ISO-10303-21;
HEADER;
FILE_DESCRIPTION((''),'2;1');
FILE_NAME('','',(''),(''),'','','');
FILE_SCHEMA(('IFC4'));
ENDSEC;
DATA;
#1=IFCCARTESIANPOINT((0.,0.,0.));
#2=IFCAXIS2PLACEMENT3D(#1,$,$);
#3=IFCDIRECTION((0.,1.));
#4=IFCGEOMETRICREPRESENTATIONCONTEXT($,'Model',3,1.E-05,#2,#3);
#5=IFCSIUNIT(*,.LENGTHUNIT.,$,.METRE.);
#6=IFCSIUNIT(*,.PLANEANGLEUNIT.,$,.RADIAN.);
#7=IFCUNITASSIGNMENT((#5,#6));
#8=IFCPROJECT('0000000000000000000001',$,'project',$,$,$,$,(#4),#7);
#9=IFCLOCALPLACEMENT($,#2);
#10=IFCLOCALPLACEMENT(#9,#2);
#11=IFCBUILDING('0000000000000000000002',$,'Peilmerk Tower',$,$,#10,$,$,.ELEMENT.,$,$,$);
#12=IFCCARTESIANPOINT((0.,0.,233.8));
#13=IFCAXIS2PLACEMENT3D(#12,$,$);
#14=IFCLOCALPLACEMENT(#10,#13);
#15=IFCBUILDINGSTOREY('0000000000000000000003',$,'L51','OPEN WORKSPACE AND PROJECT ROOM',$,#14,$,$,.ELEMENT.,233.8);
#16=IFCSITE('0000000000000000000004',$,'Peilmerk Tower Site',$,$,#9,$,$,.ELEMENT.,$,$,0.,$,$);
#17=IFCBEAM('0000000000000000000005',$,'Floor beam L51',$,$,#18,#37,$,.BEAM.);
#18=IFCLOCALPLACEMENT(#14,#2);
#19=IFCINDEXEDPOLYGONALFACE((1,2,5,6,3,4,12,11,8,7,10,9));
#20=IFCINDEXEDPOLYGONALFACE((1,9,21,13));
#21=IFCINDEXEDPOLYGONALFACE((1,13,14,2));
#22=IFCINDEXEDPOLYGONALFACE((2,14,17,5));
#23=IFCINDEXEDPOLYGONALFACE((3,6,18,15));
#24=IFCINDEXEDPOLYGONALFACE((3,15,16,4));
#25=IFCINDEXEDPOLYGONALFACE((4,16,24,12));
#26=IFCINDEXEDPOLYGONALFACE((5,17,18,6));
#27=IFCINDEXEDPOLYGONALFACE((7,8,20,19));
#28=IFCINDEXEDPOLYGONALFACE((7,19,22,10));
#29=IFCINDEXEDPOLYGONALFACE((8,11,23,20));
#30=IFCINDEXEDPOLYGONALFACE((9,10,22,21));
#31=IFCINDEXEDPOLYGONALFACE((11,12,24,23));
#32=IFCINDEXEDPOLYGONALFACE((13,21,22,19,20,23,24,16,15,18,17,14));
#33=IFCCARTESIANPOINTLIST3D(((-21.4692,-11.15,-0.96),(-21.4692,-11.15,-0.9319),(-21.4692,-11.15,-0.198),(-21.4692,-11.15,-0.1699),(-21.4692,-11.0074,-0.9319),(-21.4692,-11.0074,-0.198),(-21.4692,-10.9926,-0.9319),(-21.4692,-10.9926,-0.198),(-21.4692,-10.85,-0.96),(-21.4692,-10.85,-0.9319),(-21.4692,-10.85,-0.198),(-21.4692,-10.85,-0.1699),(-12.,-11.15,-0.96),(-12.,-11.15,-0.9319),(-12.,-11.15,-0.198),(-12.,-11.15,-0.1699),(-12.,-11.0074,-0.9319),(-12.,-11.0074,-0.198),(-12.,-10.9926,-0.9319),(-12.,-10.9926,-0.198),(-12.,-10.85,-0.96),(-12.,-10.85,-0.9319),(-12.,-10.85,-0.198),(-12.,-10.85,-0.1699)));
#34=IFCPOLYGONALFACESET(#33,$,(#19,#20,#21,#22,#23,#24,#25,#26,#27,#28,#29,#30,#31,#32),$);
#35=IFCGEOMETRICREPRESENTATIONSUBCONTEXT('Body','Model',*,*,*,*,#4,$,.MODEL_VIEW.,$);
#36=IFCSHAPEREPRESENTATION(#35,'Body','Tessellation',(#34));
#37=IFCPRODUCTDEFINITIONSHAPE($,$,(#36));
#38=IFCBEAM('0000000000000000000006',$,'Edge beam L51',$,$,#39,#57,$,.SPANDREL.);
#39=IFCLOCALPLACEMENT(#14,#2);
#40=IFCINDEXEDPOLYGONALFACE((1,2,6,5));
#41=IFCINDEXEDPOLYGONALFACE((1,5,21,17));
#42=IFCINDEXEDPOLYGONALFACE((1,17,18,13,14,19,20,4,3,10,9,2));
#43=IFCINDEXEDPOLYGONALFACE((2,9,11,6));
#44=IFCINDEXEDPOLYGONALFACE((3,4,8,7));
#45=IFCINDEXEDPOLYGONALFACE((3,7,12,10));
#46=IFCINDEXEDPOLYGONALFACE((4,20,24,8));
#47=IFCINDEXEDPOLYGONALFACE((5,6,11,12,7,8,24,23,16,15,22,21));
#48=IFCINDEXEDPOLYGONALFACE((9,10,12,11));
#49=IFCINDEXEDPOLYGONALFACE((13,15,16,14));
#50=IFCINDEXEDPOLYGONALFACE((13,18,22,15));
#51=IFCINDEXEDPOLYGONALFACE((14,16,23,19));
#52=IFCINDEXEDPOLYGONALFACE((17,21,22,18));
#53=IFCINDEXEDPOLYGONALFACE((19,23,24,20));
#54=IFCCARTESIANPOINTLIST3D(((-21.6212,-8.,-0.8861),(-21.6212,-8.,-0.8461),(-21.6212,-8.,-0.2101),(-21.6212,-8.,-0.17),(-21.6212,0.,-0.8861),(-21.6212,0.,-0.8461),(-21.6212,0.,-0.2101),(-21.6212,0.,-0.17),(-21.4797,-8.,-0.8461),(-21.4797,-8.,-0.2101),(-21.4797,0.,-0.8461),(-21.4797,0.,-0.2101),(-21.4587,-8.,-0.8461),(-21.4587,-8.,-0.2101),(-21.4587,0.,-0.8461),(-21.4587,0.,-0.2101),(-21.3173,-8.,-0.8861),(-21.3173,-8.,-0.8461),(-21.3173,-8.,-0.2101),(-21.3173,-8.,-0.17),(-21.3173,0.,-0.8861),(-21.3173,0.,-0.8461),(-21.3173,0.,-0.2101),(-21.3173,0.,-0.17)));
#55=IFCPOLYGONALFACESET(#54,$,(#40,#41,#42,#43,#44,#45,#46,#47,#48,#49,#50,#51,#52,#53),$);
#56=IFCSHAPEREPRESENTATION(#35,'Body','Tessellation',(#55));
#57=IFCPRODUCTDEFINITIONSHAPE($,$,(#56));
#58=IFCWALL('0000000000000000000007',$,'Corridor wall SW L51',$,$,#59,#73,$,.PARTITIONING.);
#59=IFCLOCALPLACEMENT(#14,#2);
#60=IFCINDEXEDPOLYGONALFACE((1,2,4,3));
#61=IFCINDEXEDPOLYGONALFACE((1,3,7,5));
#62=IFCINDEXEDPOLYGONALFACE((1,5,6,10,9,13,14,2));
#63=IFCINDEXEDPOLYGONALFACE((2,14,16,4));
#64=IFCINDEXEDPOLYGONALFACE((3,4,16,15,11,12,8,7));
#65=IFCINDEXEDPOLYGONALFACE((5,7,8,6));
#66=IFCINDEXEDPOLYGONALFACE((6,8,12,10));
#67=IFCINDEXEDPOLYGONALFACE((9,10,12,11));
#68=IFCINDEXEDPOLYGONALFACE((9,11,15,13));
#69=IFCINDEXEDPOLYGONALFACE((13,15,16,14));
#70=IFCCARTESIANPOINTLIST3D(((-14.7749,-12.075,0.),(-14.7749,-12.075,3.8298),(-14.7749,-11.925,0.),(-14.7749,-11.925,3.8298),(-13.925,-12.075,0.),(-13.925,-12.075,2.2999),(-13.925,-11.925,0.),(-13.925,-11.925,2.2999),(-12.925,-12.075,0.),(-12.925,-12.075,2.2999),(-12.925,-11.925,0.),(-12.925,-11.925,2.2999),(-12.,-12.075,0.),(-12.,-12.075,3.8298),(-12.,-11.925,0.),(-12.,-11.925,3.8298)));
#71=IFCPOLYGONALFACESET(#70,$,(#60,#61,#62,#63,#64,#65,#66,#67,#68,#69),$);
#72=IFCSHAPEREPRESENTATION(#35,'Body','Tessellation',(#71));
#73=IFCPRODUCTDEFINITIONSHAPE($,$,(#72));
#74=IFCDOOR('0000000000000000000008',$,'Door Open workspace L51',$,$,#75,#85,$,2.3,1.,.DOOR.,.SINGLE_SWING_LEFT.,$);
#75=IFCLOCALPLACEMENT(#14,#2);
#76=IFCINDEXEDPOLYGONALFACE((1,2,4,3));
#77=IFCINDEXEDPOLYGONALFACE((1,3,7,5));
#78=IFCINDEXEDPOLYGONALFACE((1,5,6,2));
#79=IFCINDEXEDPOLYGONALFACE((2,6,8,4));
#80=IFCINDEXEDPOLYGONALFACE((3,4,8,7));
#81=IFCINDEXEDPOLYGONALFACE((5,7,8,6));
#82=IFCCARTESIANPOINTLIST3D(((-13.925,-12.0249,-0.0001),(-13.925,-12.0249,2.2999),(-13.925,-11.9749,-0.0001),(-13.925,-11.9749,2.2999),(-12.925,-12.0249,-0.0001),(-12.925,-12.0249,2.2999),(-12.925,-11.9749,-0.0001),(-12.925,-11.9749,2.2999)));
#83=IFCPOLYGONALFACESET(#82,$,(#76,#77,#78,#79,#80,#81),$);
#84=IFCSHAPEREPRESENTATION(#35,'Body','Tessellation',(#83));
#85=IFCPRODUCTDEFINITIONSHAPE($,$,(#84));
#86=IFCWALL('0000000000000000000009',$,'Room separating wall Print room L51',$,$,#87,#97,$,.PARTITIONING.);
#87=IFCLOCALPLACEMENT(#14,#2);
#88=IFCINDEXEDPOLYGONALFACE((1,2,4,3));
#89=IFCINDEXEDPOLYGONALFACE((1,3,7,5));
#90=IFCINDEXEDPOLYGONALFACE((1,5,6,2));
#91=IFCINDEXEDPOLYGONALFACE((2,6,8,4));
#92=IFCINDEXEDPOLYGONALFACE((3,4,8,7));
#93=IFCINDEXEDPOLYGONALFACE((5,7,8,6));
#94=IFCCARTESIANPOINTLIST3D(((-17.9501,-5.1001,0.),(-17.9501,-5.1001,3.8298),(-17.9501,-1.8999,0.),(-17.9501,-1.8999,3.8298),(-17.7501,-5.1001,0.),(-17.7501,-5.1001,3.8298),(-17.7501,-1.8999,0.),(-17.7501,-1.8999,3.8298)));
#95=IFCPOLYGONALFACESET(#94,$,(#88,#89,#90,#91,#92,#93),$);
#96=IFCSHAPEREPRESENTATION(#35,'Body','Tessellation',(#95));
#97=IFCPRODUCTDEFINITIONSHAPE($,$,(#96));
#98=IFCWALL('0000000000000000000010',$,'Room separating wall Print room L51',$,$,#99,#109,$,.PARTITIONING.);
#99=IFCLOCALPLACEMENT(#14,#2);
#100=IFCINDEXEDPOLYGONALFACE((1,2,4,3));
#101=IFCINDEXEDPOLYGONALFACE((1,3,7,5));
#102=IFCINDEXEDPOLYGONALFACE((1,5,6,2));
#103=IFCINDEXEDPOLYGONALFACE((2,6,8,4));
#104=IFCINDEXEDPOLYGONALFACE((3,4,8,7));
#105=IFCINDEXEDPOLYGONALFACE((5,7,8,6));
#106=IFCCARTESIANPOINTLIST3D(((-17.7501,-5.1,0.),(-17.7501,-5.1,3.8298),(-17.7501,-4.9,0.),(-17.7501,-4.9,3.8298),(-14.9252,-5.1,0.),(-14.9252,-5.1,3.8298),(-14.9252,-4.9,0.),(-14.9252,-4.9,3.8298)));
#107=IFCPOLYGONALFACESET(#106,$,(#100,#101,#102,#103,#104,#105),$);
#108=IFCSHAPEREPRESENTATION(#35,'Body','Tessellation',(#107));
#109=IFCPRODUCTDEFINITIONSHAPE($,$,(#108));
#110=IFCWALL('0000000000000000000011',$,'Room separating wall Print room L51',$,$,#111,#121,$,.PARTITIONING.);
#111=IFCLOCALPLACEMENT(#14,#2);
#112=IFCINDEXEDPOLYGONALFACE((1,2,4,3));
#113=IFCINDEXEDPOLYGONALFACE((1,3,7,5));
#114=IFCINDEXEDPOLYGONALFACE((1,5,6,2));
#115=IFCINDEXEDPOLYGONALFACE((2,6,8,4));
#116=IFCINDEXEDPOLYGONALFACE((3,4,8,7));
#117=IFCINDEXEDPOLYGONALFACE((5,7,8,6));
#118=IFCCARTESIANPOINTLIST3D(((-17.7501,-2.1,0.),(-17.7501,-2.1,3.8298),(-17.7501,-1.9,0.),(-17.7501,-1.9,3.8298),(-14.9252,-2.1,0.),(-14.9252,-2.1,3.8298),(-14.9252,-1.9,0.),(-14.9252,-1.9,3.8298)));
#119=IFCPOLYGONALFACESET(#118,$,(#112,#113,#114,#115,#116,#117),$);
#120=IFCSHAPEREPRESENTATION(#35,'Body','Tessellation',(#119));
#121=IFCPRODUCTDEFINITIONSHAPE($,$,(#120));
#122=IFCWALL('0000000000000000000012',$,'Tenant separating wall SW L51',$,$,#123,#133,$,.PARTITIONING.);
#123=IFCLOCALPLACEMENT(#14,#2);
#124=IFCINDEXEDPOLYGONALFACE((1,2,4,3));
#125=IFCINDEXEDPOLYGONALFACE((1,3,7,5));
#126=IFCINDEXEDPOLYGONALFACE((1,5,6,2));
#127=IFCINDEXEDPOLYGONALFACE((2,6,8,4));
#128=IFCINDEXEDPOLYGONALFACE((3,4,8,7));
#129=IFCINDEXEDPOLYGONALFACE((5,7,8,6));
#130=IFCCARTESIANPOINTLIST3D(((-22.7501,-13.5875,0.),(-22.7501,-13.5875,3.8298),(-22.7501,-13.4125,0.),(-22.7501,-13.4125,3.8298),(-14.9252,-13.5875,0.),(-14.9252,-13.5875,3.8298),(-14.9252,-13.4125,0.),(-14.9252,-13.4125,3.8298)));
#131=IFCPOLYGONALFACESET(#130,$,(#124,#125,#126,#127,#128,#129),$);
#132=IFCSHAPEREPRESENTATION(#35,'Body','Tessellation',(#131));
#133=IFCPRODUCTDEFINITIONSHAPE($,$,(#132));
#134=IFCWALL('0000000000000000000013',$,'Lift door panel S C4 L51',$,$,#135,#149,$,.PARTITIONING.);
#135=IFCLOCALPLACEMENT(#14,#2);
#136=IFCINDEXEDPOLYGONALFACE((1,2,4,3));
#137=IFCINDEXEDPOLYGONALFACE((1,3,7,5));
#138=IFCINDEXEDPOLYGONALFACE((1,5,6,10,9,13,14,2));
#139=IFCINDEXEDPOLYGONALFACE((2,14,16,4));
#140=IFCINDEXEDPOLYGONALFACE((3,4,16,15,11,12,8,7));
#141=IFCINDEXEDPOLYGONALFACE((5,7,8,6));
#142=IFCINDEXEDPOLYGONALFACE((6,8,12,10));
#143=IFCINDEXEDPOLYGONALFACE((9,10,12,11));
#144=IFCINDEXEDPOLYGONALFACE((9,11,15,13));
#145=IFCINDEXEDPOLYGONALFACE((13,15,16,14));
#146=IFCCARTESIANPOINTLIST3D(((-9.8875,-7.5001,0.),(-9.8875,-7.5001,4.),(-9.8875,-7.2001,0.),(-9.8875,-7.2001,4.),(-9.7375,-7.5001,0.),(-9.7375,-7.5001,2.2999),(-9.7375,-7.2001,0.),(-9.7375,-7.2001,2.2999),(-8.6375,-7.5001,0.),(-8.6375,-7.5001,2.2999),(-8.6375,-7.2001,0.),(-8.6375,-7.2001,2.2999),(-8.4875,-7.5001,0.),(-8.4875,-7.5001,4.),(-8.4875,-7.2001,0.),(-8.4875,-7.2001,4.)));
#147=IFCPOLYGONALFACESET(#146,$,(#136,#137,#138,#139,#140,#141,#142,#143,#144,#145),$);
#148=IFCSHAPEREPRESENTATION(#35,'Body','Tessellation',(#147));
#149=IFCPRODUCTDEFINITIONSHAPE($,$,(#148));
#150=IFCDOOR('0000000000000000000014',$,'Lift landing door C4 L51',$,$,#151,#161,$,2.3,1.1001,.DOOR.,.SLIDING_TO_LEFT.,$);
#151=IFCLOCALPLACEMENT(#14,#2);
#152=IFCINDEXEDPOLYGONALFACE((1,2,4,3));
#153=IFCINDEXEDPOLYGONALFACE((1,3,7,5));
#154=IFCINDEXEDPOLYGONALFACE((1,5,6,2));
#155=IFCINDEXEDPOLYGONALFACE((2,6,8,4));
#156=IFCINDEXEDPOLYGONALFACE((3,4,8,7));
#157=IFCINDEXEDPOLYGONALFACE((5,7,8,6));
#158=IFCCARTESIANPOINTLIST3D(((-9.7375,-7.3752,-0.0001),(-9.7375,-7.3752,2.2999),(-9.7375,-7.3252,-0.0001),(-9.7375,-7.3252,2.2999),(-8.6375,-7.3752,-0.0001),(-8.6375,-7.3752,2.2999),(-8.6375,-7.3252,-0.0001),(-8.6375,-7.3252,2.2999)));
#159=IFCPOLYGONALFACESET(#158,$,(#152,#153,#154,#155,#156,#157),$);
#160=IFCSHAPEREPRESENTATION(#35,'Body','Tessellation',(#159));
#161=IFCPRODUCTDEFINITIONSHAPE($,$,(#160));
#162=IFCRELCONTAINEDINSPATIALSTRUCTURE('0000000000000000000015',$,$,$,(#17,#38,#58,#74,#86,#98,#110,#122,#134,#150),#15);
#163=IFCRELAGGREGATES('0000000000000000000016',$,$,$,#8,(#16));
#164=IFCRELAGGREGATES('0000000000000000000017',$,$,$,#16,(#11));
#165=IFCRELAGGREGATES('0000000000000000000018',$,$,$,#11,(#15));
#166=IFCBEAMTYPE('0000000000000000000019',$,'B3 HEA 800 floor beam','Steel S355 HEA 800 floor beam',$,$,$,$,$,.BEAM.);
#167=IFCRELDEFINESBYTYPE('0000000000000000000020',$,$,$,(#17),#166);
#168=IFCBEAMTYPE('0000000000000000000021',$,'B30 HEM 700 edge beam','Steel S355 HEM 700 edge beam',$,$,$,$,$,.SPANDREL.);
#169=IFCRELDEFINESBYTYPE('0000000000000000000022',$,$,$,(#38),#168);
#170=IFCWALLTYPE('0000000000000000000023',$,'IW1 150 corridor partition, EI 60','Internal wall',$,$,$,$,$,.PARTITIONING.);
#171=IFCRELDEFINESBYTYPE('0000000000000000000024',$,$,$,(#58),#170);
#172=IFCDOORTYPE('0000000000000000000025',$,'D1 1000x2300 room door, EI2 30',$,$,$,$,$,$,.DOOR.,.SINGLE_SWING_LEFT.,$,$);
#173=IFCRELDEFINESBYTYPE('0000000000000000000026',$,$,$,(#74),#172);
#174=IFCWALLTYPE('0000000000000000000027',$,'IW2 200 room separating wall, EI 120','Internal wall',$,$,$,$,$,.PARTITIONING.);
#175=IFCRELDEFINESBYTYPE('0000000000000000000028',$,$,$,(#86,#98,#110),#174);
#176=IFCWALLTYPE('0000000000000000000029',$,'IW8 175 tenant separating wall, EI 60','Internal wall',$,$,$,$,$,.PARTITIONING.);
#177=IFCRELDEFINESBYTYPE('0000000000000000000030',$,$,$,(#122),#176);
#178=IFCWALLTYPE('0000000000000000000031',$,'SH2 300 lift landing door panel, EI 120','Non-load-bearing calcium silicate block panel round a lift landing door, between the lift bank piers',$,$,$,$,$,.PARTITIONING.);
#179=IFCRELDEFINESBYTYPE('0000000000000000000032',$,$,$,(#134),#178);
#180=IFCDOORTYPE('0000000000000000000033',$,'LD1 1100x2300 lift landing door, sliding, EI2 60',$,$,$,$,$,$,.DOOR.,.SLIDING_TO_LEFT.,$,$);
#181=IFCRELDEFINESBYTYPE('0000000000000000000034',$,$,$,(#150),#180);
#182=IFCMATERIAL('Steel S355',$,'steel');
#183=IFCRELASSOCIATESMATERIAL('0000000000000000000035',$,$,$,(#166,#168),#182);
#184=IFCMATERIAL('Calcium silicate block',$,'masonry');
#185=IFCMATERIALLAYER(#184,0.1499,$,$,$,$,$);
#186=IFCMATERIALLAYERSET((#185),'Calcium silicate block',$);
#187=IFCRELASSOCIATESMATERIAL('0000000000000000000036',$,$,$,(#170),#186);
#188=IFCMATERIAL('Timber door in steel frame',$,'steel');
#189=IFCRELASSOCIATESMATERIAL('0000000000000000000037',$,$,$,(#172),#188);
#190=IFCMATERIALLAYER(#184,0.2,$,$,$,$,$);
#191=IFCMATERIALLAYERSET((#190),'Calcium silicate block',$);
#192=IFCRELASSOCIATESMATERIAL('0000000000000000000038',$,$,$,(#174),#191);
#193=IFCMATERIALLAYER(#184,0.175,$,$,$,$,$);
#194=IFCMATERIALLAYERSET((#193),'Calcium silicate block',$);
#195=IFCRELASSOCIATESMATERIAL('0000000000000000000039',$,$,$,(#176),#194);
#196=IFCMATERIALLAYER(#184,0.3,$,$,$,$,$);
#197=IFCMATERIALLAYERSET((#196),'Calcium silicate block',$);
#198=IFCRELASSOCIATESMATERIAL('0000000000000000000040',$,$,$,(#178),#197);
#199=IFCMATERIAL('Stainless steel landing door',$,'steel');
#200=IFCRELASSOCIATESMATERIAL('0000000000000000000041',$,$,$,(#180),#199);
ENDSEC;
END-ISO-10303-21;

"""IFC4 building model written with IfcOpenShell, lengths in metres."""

from ifc_helpers import new_model, si_unit, direction, frame, frame_2d, origin, origin_2d, place, context, subcontext, project, spatial, rectangle, i_section, extrude, material, layer, layer_set, material_profile, profile_set, type_object, element, fill, save


model = new_model("IFC4")

# Units and contexts
model_context = context("Model", 3, precision=1e-05, world=origin(), true_north=direction((0.0, 1.0)))
body_context = subcontext(model_context, "Body", "Model", "MODEL_VIEW")
ifc_project = project(units=[si_unit("LENGTHUNIT", "METRE"), si_unit("PLANEANGLEUNIT", "RADIAN")], contexts=[model_context])

# Site, building, storey
site_placement = place(None, origin())
site = spatial("IfcSite", under=ifc_project, at=site_placement, Name="Peilmerk Tower Site", CompositionType="ELEMENT", RefElevation=0.0)
building_placement = place(site_placement, origin())
building = spatial("IfcBuilding", under=site, at=building_placement, Name="Peilmerk Tower", CompositionType="ELEMENT")
storey_placement = place(building_placement, frame((0.0, 0.0, 233.8)))
storey = spatial("IfcBuildingStorey", under=building, at=storey_placement, Name="L51", Description="OPEN WORKSPACE AND PROJECT ROOM", CompositionType="ELEMENT", Elevation=233.8)

# Beams
ifc_material_1 = material(Name="Steel S355", Category="steel")
ifc_material_profile_1 = material_profile(ifc_material_1, i_section(OverallWidth=0.3, OverallDepth=0.79, WebThickness=0.0149, FlangeThickness=0.0281, at=origin_2d()), Name="HEA 800")
ifc_profile_set_1 = profile_set([ifc_material_profile_1], Name="Steel S355")
beam_type_1 = type_object("IfcBeamType", Name="B3 HEA 800 floor beam", Description="Steel S355 HEA 800 floor beam", PredefinedType="BEAM", material=ifc_profile_set_1)
for number, where, z_axis, x_axis, name in (
    (1, (-12.0, -11.0, -0.5649), (-1.0, 0.0, 0.0), (0.0, -1.0, 0.0), "Floor beam L51"),
):
    element("IfcBeam", number, at=place(storey_placement, frame(where, z_axis=z_axis, x_axis=x_axis)), inside=storey, type_object=beam_type_1, Name=name, PredefinedType="BEAM", context=body_context, shape_type="SweptSolid", body=[
        extrude(i_section(OverallWidth=0.3, OverallDepth=0.79, WebThickness=0.0149, FlangeThickness=0.0281, at=origin_2d()), origin(), (0.0, 0.0, 1.0), 9.4692),
    ])
ifc_material_profile_2 = material_profile(ifc_material_1, i_section(OverallWidth=0.304, OverallDepth=0.7161, WebThickness=0.021, FlangeThickness=0.04, at=origin_2d()), Name="HEM 700")
ifc_profile_set_2 = profile_set([ifc_material_profile_2], Name="Steel S355")
beam_type_2 = type_object("IfcBeamType", Name="B30 HEM 700 edge beam", Description="Steel S355 HEM 700 edge beam", PredefinedType="SPANDREL", material=ifc_profile_set_2)
beam_1_placement = place(storey_placement, frame((-21.4692, 0.0, -0.5281), z_axis=(0.0, -1.0, 0.0), x_axis=(1.0, 0.0, 0.0)))
element("IfcBeam", 2, at=beam_1_placement, inside=storey, type_object=beam_type_2, Name="Edge beam L51", PredefinedType="SPANDREL", context=body_context, shape_type="SweptSolid", body=[
    extrude(i_section(OverallWidth=0.304, OverallDepth=0.7161, WebThickness=0.021, FlangeThickness=0.04, at=origin_2d()), origin(), (0.0, 0.0, 1.0), 8.0),
])

# Wall, opening, door
ifc_material_2 = material(Name="Calcium silicate block", Category="masonry")
ifc_layer_1 = layer(ifc_material_2, 0.1499)
ifc_layer_set_1 = layer_set([ifc_layer_1], Name="Calcium silicate block")
wall_type_1 = type_object("IfcWallType", Name="IW1 150 corridor partition, EI 60", Description="Internal wall", PredefinedType="PARTITIONING", material=ifc_layer_set_1)
wall_1_placement = place(storey_placement, frame((-12.0, -12.0, 0.0), z_axis=(0.0, 0.0, 1.0), x_axis=(-1.0, 0.0, 0.0)))
wall_1 = element("IfcWall", 3, at=wall_1_placement, inside=storey, type_object=wall_type_1, Name="Corridor wall SW L51", PredefinedType="PARTITIONING", context=body_context, shape_type="SweptSolid", body=[
    extrude(rectangle(XDim=2.7749, YDim=0.1499, at=frame_2d((1.3875, 0.0))), origin(), (0.0, 0.0, 1.0), 3.8298),
])
opening_1_placement = place(wall_1_placement, frame((0.925, 0.0, 0.0)))
opening_1 = element("IfcOpeningElement", 4, at=opening_1_placement, cuts=wall_1, PredefinedType="OPENING", context=body_context, shape_type="SweptSolid", body=[
    extrude(rectangle(XDim=1.0, YDim=2.3, at=frame_2d((0.5, 1.1499))), frame((0.0, 0.085, 0.0), z_axis=(0.0, -1.0, 0.0), x_axis=(1.0, 0.0, 0.0)), (0.0, 0.0, 1.0), 0.1699),
])
ifc_material_3 = material(Name="Timber door in steel frame", Category="steel")
door_type_1 = type_object("IfcDoorType", Name="D1 1000x2300 room door, EI2 30", OperationType="SINGLE_SWING_LEFT", PredefinedType="DOOR", material=ifc_material_3)
door_1_placement = place(opening_1_placement, origin())
door_1 = element("IfcDoor", 5, at=door_1_placement, inside=storey, type_object=door_type_1, Name="Door Open workspace L51", OperationType="SINGLE_SWING_LEFT", OverallHeight=2.3, OverallWidth=1.0, PredefinedType="DOOR", context=body_context, shape_type="SweptSolid", body=[
    extrude(rectangle(XDim=1.0, YDim=2.3, at=frame_2d((0.5, 1.1499))), frame((0.0, 0.0249, 0.0), z_axis=(0.0, -1.0, 0.0), x_axis=(1.0, 0.0, 0.0)), (0.0, 0.0, 1.0), 0.05),
])
fill(opening_1, door_1)

# Walls
ifc_layer_2 = layer(ifc_material_2, 0.2)
ifc_layer_set_2 = layer_set([ifc_layer_2], Name="Calcium silicate block")
wall_type_2 = type_object("IfcWallType", Name="IW2 200 room separating wall, EI 120", Description="Internal wall", PredefinedType="PARTITIONING", material=ifc_layer_set_2)
wall_2_placement = place(storey_placement, frame((-17.8501, -5.1001, 0.0), z_axis=(0.0, 0.0, 1.0), x_axis=(0.0, 1.0, 0.0)))
element("IfcWall", 6, at=wall_2_placement, inside=storey, type_object=wall_type_2, Name="Room separating wall Print room L51", PredefinedType="PARTITIONING", context=body_context, shape_type="SweptSolid", body=[
    extrude(rectangle(XDim=3.2002, YDim=0.2, at=frame_2d((1.6001, 0.0))), origin(), (0.0, 0.0, 1.0), 3.8298),
])
for number, where, z_axis, x_axis, name in (
    (7, (-14.925, -5.0, 0.0), (0.0, 0.0, 1.0), (-1.0, 0.0, 0.0), "Room separating wall Print room L51"),
    (8, (-14.925, -2.0, 0.0), (0.0, 0.0, 1.0), (-1.0, 0.0, 0.0), "Room separating wall Print room L51"),
):
    element("IfcWall", number, at=place(storey_placement, frame(where, z_axis=z_axis, x_axis=x_axis)), inside=storey, type_object=wall_type_2, Name=name, PredefinedType="PARTITIONING", context=body_context, shape_type="SweptSolid", body=[
        extrude(rectangle(XDim=2.825, YDim=0.2, at=frame_2d((1.4126, 0.0))), origin(), (0.0, 0.0, 1.0), 3.8298),
    ])
ifc_layer_3 = layer(ifc_material_2, 0.175)
ifc_layer_set_3 = layer_set([ifc_layer_3], Name="Calcium silicate block")
wall_type_3 = type_object("IfcWallType", Name="IW8 175 tenant separating wall, EI 60", Description="Internal wall", PredefinedType="PARTITIONING", material=ifc_layer_set_3)
wall_3_placement = place(storey_placement, frame((-14.925, -13.5, 0.0), z_axis=(0.0, 0.0, 1.0), x_axis=(-1.0, 0.0, 0.0)))
element("IfcWall", 9, at=wall_3_placement, inside=storey, type_object=wall_type_3, Name="Tenant separating wall SW L51", PredefinedType="PARTITIONING", context=body_context, shape_type="SweptSolid", body=[
    extrude(rectangle(XDim=7.825, YDim=0.175, at=frame_2d((3.9126, 0.0))), origin(), (0.0, 0.0, 1.0), 3.8298),
])

# Wall, opening, door
ifc_layer_4 = layer(ifc_material_2, 0.3)
ifc_layer_set_4 = layer_set([ifc_layer_4], Name="Calcium silicate block")
wall_type_4 = type_object("IfcWallType", Name="SH2 300 lift landing door panel, EI 120", Description="Non-load-bearing calcium silicate block panel round a lift landing door, between the lift bank piers", PredefinedType="PARTITIONING", material=ifc_layer_set_4)
wall_4_placement = place(storey_placement, frame((-9.8875, -7.3501, 0.0), z_axis=(0.0, 0.0, 1.0), x_axis=(1.0, 0.0, 0.0)))
wall_4 = element("IfcWall", 10, at=wall_4_placement, inside=storey, type_object=wall_type_4, Name="Lift door panel S C4 L51", PredefinedType="PARTITIONING", context=body_context, shape_type="SweptSolid", body=[
    extrude(rectangle(XDim=1.3999, YDim=0.3, at=frame_2d((0.7, 0.0))), origin(), (0.0, 0.0, 1.0), 4.0),
])
opening_2_placement = place(wall_4_placement, frame((0.1499, 0.0, 0.0)))
opening_2 = element("IfcOpeningElement", 11, at=opening_2_placement, cuts=wall_4, PredefinedType="OPENING", context=body_context, shape_type="SweptSolid", body=[
    extrude(rectangle(XDim=1.1001, YDim=2.3, at=frame_2d((0.55, 1.1499))), frame((0.0, 0.1599, 0.0), z_axis=(0.0, -1.0, 0.0), x_axis=(1.0, 0.0, 0.0)), (0.0, 0.0, 1.0), 0.3201),
])
ifc_material_4 = material(Name="Stainless steel landing door", Category="steel")
door_type_2 = type_object("IfcDoorType", Name="LD1 1100x2300 lift landing door, sliding, EI2 60", OperationType="SLIDING_TO_LEFT", PredefinedType="DOOR", material=ifc_material_4)
door_2_placement = place(opening_2_placement, origin())
door_2 = element("IfcDoor", 12, at=door_2_placement, inside=storey, type_object=door_type_2, Name="Lift landing door C4 L51", OperationType="SLIDING_TO_LEFT", OverallHeight=2.3, OverallWidth=1.1001, PredefinedType="DOOR", context=body_context, shape_type="SweptSolid", body=[
    extrude(rectangle(XDim=1.1001, YDim=2.3, at=frame_2d((0.55, 1.1499))), frame((0.0, 0.0249, 0.0), z_axis=(0.0, -1.0, 0.0), x_axis=(1.0, 0.0, 0.0)), (0.0, 0.0, 1.0), 0.05),
])
fill(opening_2, door_2)

save(model, "model.ifc")
